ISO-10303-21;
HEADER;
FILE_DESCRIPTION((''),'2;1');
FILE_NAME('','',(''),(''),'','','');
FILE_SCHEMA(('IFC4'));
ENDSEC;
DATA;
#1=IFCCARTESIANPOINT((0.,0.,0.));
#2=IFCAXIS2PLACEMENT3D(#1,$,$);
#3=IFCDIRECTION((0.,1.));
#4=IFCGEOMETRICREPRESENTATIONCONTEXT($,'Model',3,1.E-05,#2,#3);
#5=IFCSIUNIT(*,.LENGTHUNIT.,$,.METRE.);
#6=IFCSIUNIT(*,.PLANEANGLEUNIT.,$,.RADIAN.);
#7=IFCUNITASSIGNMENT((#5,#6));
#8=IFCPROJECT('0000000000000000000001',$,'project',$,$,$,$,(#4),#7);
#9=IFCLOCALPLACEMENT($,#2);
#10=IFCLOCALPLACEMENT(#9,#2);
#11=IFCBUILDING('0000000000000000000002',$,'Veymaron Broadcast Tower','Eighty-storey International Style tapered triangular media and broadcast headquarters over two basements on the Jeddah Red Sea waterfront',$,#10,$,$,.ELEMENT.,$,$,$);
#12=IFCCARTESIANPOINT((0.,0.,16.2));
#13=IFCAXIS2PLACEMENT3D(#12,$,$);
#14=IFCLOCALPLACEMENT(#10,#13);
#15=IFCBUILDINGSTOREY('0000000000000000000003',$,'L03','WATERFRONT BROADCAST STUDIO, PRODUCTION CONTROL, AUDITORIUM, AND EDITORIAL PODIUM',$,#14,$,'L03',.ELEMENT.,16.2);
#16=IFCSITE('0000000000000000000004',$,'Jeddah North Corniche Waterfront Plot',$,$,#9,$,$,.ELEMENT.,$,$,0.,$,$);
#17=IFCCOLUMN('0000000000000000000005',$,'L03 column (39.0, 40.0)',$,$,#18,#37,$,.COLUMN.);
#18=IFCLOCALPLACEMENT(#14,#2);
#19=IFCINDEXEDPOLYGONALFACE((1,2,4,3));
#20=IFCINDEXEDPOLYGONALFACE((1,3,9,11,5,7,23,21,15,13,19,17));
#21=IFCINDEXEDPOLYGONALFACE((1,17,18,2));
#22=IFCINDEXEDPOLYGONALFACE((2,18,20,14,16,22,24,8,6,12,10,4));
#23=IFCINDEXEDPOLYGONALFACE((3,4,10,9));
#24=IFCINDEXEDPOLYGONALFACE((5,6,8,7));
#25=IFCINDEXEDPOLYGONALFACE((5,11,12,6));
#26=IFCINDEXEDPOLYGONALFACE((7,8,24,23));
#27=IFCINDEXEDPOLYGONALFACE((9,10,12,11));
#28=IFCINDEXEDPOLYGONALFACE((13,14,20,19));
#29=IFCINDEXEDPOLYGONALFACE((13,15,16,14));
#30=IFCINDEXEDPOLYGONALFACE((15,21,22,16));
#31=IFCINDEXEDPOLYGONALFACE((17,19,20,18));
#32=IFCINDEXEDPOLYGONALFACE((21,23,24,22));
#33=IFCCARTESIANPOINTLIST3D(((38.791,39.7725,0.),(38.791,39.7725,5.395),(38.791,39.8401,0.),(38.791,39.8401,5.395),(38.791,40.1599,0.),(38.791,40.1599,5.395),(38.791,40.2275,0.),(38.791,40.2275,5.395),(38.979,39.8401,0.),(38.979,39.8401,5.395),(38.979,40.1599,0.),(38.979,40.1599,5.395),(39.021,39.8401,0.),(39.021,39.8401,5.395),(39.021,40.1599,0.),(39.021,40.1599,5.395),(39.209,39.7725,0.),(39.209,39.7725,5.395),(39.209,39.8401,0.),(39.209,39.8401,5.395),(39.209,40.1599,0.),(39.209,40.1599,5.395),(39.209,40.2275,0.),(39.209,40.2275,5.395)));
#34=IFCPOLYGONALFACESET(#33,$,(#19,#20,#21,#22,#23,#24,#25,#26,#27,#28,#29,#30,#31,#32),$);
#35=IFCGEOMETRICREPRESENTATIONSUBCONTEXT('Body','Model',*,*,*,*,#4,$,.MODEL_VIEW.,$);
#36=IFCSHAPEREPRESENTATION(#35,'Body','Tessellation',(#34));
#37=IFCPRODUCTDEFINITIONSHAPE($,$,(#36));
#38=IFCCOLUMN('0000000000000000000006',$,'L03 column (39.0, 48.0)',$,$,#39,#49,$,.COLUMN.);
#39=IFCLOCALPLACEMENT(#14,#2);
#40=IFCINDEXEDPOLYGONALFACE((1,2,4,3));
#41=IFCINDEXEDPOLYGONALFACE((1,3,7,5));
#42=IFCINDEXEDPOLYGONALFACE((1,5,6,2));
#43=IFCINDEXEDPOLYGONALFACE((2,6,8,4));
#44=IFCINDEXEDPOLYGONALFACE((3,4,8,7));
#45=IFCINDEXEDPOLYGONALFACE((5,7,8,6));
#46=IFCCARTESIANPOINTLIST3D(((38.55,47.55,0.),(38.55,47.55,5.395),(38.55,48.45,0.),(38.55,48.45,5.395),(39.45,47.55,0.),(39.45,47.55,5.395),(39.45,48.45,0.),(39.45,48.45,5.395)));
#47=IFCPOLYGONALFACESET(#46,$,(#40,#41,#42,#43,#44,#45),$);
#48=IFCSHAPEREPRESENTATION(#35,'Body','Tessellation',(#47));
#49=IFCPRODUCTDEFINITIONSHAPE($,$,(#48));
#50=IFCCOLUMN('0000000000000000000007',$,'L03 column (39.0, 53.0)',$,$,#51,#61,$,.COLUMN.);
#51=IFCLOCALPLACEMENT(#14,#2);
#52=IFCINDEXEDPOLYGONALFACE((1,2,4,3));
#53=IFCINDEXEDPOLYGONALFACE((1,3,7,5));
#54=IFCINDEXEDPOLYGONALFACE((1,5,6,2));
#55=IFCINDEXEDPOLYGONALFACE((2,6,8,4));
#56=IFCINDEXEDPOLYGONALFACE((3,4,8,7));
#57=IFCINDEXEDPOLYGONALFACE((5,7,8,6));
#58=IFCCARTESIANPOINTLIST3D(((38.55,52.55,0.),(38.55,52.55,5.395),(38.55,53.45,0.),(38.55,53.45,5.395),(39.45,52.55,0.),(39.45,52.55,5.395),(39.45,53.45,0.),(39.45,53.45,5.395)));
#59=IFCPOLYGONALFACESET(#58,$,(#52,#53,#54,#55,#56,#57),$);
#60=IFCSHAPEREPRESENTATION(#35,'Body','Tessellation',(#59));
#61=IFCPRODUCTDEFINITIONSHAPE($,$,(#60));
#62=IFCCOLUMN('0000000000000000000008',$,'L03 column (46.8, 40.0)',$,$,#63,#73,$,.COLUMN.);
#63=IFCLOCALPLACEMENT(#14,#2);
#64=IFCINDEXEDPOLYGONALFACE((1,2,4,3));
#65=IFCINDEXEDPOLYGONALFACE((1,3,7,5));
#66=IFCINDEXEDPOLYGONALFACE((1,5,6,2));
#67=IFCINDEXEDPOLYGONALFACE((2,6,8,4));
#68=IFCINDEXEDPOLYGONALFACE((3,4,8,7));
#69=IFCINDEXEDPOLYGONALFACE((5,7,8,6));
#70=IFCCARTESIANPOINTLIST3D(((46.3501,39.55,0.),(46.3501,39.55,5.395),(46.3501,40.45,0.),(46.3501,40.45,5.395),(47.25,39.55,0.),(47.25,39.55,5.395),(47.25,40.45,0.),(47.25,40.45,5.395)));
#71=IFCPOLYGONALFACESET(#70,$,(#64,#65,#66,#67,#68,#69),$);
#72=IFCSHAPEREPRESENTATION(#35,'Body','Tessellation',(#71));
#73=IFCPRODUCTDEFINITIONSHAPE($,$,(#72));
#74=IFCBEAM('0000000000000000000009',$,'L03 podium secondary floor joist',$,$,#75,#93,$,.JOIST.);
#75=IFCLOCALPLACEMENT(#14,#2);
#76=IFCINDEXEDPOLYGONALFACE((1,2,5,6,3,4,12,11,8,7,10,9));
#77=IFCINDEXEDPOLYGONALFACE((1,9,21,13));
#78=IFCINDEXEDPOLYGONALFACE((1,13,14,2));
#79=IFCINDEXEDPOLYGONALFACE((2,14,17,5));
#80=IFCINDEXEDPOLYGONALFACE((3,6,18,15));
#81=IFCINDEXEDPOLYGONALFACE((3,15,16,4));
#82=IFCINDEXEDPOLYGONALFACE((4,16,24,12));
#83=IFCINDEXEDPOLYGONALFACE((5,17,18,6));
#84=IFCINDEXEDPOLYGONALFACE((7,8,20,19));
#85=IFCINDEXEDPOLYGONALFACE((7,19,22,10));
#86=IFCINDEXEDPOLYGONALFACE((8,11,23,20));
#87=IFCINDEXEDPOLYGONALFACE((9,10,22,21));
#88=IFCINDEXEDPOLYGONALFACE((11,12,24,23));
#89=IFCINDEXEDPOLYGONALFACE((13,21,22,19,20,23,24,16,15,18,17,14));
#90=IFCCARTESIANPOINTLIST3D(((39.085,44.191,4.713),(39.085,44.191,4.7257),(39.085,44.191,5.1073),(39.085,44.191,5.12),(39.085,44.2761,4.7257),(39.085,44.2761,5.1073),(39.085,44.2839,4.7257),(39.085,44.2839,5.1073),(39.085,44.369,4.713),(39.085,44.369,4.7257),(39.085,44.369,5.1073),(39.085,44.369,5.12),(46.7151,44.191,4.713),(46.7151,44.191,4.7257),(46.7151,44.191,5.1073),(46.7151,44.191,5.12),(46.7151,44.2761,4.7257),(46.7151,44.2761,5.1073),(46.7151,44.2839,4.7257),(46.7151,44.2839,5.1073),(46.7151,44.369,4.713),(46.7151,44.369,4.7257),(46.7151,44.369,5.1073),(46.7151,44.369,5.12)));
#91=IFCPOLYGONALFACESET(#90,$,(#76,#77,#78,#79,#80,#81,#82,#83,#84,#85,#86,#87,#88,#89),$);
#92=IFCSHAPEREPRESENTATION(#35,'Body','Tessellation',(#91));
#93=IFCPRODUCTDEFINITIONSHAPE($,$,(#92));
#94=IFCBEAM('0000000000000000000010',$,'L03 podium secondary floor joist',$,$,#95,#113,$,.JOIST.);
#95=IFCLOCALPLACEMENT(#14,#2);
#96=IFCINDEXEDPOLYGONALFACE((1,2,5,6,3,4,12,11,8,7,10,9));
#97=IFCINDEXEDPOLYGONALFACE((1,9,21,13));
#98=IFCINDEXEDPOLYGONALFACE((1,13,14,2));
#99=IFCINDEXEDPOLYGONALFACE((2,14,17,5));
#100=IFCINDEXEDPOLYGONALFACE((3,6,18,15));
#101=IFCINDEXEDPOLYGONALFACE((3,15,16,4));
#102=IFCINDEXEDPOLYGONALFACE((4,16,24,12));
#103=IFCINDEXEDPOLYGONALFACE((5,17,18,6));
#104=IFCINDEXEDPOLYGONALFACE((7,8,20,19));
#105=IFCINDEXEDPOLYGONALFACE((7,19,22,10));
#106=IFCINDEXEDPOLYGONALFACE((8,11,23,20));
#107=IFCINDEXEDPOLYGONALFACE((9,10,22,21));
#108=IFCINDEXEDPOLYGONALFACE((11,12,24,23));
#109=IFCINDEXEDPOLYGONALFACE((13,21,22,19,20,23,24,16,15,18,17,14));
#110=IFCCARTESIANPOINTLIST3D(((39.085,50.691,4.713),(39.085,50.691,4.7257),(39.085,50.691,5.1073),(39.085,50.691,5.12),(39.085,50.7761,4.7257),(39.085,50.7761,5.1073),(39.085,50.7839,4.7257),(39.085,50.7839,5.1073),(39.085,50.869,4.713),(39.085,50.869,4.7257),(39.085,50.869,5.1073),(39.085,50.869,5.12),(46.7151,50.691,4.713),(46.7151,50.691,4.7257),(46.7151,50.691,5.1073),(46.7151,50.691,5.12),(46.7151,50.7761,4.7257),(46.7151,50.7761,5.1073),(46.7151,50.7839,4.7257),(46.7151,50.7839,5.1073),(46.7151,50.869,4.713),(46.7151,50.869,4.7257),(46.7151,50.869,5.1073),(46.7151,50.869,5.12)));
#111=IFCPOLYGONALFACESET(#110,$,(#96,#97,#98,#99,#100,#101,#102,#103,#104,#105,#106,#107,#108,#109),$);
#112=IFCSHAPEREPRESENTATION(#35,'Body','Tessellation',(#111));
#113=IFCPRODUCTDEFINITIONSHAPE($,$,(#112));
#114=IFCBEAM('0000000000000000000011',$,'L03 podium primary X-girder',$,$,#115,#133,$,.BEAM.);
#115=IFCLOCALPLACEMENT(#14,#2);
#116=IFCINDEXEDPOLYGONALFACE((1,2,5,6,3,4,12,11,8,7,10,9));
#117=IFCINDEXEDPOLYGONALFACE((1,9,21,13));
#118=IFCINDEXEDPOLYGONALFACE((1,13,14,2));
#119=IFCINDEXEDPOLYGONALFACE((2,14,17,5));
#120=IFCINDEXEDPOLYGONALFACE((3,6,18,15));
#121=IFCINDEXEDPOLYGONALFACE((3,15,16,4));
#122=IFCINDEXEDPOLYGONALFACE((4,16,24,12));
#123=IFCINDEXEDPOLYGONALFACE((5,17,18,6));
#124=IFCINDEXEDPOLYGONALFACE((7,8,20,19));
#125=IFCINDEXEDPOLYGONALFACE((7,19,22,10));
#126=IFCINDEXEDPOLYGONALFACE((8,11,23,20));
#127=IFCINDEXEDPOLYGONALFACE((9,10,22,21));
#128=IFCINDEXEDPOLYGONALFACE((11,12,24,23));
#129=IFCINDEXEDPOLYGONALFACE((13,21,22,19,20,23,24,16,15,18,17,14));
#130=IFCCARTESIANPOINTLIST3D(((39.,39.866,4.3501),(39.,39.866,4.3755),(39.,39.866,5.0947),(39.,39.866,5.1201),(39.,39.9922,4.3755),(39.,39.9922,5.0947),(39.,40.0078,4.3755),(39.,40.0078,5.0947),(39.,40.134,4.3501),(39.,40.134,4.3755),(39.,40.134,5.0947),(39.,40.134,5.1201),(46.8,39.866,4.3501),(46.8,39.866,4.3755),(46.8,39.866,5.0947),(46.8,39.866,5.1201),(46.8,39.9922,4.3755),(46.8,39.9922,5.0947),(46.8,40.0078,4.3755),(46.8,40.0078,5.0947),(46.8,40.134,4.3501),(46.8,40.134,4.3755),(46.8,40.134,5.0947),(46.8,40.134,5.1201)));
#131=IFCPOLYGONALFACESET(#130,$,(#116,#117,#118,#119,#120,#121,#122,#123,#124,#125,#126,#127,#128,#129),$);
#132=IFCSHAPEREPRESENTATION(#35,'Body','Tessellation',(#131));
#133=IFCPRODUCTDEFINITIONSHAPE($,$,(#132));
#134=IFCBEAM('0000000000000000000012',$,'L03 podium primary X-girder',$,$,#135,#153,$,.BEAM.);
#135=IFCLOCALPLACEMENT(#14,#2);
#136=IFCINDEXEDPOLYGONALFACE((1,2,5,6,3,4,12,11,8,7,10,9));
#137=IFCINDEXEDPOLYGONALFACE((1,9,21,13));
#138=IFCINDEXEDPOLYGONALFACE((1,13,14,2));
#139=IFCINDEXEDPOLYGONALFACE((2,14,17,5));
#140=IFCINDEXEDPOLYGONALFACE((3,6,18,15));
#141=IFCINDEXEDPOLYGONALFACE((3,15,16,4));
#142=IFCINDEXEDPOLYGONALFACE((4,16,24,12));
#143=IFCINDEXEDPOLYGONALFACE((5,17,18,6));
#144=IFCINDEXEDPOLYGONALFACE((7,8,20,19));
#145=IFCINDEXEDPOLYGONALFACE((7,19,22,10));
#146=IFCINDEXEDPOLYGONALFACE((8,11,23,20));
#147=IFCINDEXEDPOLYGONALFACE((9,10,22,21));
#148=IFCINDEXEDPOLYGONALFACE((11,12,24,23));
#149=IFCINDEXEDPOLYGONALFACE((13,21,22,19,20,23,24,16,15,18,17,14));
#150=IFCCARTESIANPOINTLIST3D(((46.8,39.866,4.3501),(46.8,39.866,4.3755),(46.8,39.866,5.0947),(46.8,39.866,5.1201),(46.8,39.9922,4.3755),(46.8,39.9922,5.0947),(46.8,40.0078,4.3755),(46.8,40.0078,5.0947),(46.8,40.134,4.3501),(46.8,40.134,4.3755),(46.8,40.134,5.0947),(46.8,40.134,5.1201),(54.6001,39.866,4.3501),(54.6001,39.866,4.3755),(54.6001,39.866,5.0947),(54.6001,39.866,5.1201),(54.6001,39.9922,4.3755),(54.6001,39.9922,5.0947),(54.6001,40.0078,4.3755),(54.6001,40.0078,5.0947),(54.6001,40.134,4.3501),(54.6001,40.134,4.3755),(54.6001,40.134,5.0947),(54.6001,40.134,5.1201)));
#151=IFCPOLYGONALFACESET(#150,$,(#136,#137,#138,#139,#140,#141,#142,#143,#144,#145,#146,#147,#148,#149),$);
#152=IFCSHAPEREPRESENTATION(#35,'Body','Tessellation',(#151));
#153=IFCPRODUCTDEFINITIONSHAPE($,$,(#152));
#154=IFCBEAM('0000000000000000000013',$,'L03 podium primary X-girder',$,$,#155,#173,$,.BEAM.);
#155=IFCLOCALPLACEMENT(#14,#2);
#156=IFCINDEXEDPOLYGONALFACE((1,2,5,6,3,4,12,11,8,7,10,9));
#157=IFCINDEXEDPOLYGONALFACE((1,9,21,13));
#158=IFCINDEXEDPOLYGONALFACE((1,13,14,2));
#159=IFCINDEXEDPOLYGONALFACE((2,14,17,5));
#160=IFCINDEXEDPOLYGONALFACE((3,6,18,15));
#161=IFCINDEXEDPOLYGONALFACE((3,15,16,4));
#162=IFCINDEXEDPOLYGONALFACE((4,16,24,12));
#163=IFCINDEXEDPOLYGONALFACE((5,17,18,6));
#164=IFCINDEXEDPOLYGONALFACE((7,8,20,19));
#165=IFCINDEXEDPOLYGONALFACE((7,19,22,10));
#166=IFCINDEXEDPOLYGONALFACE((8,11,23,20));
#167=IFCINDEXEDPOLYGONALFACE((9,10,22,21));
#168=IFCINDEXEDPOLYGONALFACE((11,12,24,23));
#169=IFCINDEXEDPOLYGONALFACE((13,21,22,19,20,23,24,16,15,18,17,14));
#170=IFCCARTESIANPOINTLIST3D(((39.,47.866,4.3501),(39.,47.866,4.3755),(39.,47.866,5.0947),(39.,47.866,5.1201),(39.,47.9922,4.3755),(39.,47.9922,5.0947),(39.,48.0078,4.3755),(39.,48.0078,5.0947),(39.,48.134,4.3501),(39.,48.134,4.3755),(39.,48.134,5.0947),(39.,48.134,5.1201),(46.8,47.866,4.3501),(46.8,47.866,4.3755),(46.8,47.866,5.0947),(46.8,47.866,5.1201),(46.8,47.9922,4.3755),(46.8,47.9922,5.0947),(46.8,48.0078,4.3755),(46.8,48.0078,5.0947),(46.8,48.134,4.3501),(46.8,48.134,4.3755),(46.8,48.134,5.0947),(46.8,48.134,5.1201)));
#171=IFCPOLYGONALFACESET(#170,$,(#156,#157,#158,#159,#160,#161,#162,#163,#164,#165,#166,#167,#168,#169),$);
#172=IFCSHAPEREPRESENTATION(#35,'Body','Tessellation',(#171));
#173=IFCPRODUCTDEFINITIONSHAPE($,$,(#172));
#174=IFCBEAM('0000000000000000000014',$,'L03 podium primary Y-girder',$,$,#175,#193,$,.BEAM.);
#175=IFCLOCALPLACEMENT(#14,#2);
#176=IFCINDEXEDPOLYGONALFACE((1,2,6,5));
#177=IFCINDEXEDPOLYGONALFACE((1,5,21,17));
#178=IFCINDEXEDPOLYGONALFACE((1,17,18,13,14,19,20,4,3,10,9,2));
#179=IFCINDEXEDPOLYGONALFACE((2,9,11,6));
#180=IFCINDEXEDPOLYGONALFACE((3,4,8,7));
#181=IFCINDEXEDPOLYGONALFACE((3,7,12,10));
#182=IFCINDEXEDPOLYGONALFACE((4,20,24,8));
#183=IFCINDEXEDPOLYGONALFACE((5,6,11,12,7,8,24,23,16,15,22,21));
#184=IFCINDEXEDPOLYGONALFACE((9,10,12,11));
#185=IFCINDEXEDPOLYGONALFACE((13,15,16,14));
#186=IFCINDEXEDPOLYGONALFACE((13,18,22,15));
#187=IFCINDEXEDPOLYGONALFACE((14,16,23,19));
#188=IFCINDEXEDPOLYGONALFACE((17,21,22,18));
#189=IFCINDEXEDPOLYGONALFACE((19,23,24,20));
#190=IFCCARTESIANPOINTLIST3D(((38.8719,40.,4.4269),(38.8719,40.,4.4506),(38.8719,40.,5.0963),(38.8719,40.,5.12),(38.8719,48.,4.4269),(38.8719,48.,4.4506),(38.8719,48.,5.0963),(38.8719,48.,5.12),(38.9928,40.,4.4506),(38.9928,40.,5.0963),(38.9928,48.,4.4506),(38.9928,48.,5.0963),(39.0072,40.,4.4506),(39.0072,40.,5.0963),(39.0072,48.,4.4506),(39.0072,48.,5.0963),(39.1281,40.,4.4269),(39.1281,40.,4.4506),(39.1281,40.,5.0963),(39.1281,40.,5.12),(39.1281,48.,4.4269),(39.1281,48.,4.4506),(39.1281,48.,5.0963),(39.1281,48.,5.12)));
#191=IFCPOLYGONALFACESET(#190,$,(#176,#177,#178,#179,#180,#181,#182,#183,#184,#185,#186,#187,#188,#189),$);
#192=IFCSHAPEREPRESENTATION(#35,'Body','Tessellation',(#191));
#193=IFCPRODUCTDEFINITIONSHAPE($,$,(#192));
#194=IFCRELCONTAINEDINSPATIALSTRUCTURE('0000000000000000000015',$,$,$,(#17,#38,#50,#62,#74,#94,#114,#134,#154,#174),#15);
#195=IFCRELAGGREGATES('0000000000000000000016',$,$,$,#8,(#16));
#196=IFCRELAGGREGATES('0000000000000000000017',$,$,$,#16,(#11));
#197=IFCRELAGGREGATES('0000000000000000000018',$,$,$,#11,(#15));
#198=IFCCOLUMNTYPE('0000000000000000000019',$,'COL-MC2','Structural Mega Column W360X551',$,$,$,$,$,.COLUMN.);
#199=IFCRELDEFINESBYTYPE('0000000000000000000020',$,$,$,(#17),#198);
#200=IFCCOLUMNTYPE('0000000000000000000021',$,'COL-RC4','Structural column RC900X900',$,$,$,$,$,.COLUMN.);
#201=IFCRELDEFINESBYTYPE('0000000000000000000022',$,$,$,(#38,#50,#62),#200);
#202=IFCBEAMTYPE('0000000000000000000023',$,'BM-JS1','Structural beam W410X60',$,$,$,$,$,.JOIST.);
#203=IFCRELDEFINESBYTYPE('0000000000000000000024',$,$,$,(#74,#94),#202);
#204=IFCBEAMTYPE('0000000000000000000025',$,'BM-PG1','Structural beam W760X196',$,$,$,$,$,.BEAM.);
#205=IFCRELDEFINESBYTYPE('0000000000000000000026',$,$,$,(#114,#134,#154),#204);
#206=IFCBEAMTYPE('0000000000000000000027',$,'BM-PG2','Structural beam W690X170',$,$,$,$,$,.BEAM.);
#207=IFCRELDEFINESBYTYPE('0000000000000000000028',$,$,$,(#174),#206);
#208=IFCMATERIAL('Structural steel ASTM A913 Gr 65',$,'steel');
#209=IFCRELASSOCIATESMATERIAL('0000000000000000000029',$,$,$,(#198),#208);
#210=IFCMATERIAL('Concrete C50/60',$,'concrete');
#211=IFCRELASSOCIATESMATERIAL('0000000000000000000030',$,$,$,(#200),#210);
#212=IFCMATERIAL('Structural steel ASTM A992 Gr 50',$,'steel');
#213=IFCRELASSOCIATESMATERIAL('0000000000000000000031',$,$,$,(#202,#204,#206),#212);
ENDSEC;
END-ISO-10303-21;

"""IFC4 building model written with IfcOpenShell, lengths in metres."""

from ifc_helpers import new_model, si_unit, direction, frame, origin, origin_2d, place, context, subcontext, project, spatial, rectangle, i_section, extrude, material, material_profile, profile_set, type_object, element, save


model = new_model("IFC4")

# Units and contexts
model_context = context("Model", 3, precision=1e-05, world=origin(), true_north=direction((0.0, 1.0)))
body_context = subcontext(model_context, "Body", "Model", "MODEL_VIEW")
ifc_project = project(units=[si_unit("LENGTHUNIT", "METRE"), si_unit("PLANEANGLEUNIT", "RADIAN")], contexts=[model_context])

# Site, building, storey
site_placement = place(None, origin())
site = spatial("IfcSite", under=ifc_project, at=site_placement, Name="Jeddah North Corniche Waterfront Plot", CompositionType="ELEMENT", RefElevation=0.0)
building_placement = place(site_placement, origin())
building = spatial("IfcBuilding", under=site, at=building_placement, Name="Veymaron Broadcast Tower", Description="Eighty-storey International Style tapered triangular media and broadcast headquarters over two basements on the Jeddah Red Sea waterfront", CompositionType="ELEMENT")
storey_placement = place(building_placement, frame((0.0, 0.0, 16.2)))
storey = spatial("IfcBuildingStorey", under=building, at=storey_placement, Name="L03", Description="WATERFRONT BROADCAST STUDIO, PRODUCTION CONTROL, AUDITORIUM, AND EDITORIAL PODIUM", LongName="L03", CompositionType="ELEMENT", Elevation=16.2)

# Columns
ifc_material_1 = material(Name="Structural steel ASTM A913 Gr 65", Category="steel")
ifc_material_profile_1 = material_profile(ifc_material_1, i_section(OverallWidth=0.418, OverallDepth=0.4551, WebThickness=0.042, FlangeThickness=0.0676, at=origin_2d()), Name="W360X551")
ifc_profile_set_1 = profile_set([ifc_material_profile_1], Name="Structural steel ASTM A913 Gr 65")
column_type_1 = type_object("IfcColumnType", Name="COL-MC2", Description="Structural Mega Column W360X551", PredefinedType="COLUMN", material=ifc_profile_set_1)
column_placement = place(storey_placement, frame((39.0, 40.0, 0.0), z_axis=(0.0, 0.0, 1.0), x_axis=(1.0, 0.0, 0.0)))
element("IfcColumn", 1, at=column_placement, inside=storey, type_object=column_type_1, Name="L03 column (39.0, 40.0)", PredefinedType="COLUMN", context=body_context, shape_type="SweptSolid", body=[
    extrude(i_section(OverallWidth=0.418, OverallDepth=0.4551, WebThickness=0.042, FlangeThickness=0.0676, at=origin_2d()), origin(), (0.0, 0.0, 1.0), 5.395),
])
ifc_material_2 = material(Name="Concrete C50/60", Category="concrete")
ifc_material_profile_2 = material_profile(ifc_material_2, rectangle(XDim=0.8999, YDim=0.8999, at=origin_2d()), Name="RC900X900")
ifc_profile_set_2 = profile_set([ifc_material_profile_2], Name="Concrete C50/60")
column_type_2 = type_object("IfcColumnType", Name="COL-RC4", Description="Structural column RC900X900", PredefinedType="COLUMN", material=ifc_profile_set_2)
for number, where, z_axis, x_axis, name in (
    (2, (39.0, 48.0, 0.0), (0.0, 0.0, 1.0), (1.0, 0.0, 0.0), "L03 column (39.0, 48.0)"),
    (3, (39.0, 53.0, 0.0), (0.0, 0.0, 1.0), (1.0, 0.0, 0.0), "L03 column (39.0, 53.0)"),
    (4, (46.8, 40.0, 0.0), (0.0, 0.0, 1.0), (1.0, 0.0, 0.0), "L03 column (46.8, 40.0)"),
):
    element("IfcColumn", number, at=place(storey_placement, frame(where, z_axis=z_axis, x_axis=x_axis)), inside=storey, type_object=column_type_2, Name=name, PredefinedType="COLUMN", context=body_context, shape_type="SweptSolid", body=[
        extrude(rectangle(XDim=0.8999, YDim=0.8999, at=origin_2d()), origin(), (0.0, 0.0, 1.0), 5.395),
    ])

# Beams
ifc_material_3 = material(Name="Structural steel ASTM A992 Gr 50", Category="steel")
ifc_material_profile_3 = material_profile(ifc_material_3, i_section(OverallWidth=0.178, OverallDepth=0.407, WebThickness=0.0078, FlangeThickness=0.0127, at=origin_2d()), Name="W410X60")
ifc_profile_set_3 = profile_set([ifc_material_profile_3], Name="Structural steel ASTM A992 Gr 50")
beam_type_1 = type_object("IfcBeamType", Name="BM-JS1", Description="Structural beam W410X60", PredefinedType="JOIST", material=ifc_profile_set_3)
for number, where, z_axis, x_axis, name in (
    (5, (39.085, 44.28, 4.9165), (1.0, 0.0, 0.0), (0.0, 1.0, 0.0), "L03 podium secondary floor joist"),
    (6, (39.085, 50.78, 4.9165), (1.0, 0.0, 0.0), (0.0, 1.0, 0.0), "L03 podium secondary floor joist"),
):
    element("IfcBeam", number, at=place(storey_placement, frame(where, z_axis=z_axis, x_axis=x_axis)), inside=storey, type_object=beam_type_1, Name=name, PredefinedType="JOIST", context=body_context, shape_type="SweptSolid", body=[
        extrude(i_section(OverallWidth=0.178, OverallDepth=0.407, WebThickness=0.0078, FlangeThickness=0.0127, at=origin_2d()), origin(), (0.0, 0.0, 1.0), 7.6301),
    ])
ifc_material_profile_4 = material_profile(ifc_material_3, i_section(OverallWidth=0.2681, OverallDepth=0.77, WebThickness=0.0156, FlangeThickness=0.0254, at=origin_2d()), Name="W760X196")
ifc_profile_set_4 = profile_set([ifc_material_profile_4], Name="Structural steel ASTM A992 Gr 50")
beam_type_2 = type_object("IfcBeamType", Name="BM-PG1", Description="Structural beam W760X196", PredefinedType="BEAM", material=ifc_profile_set_4)
for number, where, z_axis, x_axis, name in (
    (7, (39.0, 40.0, 4.7351), (1.0, 0.0, 0.0), (0.0, 1.0, 0.0), "L03 podium primary X-girder"),
    (8, (46.8, 40.0, 4.7351), (1.0, 0.0, 0.0), (0.0, 1.0, 0.0), "L03 podium primary X-girder"),
    (9, (39.0, 48.0, 4.7351), (1.0, 0.0, 0.0), (0.0, 1.0, 0.0), "L03 podium primary X-girder"),
):
    element("IfcBeam", number, at=place(storey_placement, frame(where, z_axis=z_axis, x_axis=x_axis)), inside=storey, type_object=beam_type_2, Name=name, PredefinedType="BEAM", context=body_context, shape_type="SweptSolid", body=[
        extrude(i_section(OverallWidth=0.2681, OverallDepth=0.77, WebThickness=0.0156, FlangeThickness=0.0254, at=origin_2d()), origin(), (0.0, 0.0, 1.0), 7.8),
    ])
ifc_material_profile_5 = material_profile(ifc_material_3, i_section(OverallWidth=0.2561, OverallDepth=0.6931, WebThickness=0.0144, FlangeThickness=0.0237, at=origin_2d()), Name="W690X170")
ifc_profile_set_5 = profile_set([ifc_material_profile_5], Name="Structural steel ASTM A992 Gr 50")
beam_type_3 = type_object("IfcBeamType", Name="BM-PG2", Description="Structural beam W690X170", PredefinedType="BEAM", material=ifc_profile_set_5)
beam_1_placement = place(storey_placement, frame((39.0, 40.0, 4.7734), z_axis=(0.0, 1.0, 0.0), x_axis=(-1.0, 0.0, 0.0)))
element("IfcBeam", 10, at=beam_1_placement, inside=storey, type_object=beam_type_3, Name="L03 podium primary Y-girder", PredefinedType="BEAM", context=body_context, shape_type="SweptSolid", body=[
    extrude(i_section(OverallWidth=0.2561, OverallDepth=0.6931, WebThickness=0.0144, FlangeThickness=0.0237, at=origin_2d()), origin(), (0.0, 0.0, 1.0), 8.0),
])

save(model, "model.ifc")
